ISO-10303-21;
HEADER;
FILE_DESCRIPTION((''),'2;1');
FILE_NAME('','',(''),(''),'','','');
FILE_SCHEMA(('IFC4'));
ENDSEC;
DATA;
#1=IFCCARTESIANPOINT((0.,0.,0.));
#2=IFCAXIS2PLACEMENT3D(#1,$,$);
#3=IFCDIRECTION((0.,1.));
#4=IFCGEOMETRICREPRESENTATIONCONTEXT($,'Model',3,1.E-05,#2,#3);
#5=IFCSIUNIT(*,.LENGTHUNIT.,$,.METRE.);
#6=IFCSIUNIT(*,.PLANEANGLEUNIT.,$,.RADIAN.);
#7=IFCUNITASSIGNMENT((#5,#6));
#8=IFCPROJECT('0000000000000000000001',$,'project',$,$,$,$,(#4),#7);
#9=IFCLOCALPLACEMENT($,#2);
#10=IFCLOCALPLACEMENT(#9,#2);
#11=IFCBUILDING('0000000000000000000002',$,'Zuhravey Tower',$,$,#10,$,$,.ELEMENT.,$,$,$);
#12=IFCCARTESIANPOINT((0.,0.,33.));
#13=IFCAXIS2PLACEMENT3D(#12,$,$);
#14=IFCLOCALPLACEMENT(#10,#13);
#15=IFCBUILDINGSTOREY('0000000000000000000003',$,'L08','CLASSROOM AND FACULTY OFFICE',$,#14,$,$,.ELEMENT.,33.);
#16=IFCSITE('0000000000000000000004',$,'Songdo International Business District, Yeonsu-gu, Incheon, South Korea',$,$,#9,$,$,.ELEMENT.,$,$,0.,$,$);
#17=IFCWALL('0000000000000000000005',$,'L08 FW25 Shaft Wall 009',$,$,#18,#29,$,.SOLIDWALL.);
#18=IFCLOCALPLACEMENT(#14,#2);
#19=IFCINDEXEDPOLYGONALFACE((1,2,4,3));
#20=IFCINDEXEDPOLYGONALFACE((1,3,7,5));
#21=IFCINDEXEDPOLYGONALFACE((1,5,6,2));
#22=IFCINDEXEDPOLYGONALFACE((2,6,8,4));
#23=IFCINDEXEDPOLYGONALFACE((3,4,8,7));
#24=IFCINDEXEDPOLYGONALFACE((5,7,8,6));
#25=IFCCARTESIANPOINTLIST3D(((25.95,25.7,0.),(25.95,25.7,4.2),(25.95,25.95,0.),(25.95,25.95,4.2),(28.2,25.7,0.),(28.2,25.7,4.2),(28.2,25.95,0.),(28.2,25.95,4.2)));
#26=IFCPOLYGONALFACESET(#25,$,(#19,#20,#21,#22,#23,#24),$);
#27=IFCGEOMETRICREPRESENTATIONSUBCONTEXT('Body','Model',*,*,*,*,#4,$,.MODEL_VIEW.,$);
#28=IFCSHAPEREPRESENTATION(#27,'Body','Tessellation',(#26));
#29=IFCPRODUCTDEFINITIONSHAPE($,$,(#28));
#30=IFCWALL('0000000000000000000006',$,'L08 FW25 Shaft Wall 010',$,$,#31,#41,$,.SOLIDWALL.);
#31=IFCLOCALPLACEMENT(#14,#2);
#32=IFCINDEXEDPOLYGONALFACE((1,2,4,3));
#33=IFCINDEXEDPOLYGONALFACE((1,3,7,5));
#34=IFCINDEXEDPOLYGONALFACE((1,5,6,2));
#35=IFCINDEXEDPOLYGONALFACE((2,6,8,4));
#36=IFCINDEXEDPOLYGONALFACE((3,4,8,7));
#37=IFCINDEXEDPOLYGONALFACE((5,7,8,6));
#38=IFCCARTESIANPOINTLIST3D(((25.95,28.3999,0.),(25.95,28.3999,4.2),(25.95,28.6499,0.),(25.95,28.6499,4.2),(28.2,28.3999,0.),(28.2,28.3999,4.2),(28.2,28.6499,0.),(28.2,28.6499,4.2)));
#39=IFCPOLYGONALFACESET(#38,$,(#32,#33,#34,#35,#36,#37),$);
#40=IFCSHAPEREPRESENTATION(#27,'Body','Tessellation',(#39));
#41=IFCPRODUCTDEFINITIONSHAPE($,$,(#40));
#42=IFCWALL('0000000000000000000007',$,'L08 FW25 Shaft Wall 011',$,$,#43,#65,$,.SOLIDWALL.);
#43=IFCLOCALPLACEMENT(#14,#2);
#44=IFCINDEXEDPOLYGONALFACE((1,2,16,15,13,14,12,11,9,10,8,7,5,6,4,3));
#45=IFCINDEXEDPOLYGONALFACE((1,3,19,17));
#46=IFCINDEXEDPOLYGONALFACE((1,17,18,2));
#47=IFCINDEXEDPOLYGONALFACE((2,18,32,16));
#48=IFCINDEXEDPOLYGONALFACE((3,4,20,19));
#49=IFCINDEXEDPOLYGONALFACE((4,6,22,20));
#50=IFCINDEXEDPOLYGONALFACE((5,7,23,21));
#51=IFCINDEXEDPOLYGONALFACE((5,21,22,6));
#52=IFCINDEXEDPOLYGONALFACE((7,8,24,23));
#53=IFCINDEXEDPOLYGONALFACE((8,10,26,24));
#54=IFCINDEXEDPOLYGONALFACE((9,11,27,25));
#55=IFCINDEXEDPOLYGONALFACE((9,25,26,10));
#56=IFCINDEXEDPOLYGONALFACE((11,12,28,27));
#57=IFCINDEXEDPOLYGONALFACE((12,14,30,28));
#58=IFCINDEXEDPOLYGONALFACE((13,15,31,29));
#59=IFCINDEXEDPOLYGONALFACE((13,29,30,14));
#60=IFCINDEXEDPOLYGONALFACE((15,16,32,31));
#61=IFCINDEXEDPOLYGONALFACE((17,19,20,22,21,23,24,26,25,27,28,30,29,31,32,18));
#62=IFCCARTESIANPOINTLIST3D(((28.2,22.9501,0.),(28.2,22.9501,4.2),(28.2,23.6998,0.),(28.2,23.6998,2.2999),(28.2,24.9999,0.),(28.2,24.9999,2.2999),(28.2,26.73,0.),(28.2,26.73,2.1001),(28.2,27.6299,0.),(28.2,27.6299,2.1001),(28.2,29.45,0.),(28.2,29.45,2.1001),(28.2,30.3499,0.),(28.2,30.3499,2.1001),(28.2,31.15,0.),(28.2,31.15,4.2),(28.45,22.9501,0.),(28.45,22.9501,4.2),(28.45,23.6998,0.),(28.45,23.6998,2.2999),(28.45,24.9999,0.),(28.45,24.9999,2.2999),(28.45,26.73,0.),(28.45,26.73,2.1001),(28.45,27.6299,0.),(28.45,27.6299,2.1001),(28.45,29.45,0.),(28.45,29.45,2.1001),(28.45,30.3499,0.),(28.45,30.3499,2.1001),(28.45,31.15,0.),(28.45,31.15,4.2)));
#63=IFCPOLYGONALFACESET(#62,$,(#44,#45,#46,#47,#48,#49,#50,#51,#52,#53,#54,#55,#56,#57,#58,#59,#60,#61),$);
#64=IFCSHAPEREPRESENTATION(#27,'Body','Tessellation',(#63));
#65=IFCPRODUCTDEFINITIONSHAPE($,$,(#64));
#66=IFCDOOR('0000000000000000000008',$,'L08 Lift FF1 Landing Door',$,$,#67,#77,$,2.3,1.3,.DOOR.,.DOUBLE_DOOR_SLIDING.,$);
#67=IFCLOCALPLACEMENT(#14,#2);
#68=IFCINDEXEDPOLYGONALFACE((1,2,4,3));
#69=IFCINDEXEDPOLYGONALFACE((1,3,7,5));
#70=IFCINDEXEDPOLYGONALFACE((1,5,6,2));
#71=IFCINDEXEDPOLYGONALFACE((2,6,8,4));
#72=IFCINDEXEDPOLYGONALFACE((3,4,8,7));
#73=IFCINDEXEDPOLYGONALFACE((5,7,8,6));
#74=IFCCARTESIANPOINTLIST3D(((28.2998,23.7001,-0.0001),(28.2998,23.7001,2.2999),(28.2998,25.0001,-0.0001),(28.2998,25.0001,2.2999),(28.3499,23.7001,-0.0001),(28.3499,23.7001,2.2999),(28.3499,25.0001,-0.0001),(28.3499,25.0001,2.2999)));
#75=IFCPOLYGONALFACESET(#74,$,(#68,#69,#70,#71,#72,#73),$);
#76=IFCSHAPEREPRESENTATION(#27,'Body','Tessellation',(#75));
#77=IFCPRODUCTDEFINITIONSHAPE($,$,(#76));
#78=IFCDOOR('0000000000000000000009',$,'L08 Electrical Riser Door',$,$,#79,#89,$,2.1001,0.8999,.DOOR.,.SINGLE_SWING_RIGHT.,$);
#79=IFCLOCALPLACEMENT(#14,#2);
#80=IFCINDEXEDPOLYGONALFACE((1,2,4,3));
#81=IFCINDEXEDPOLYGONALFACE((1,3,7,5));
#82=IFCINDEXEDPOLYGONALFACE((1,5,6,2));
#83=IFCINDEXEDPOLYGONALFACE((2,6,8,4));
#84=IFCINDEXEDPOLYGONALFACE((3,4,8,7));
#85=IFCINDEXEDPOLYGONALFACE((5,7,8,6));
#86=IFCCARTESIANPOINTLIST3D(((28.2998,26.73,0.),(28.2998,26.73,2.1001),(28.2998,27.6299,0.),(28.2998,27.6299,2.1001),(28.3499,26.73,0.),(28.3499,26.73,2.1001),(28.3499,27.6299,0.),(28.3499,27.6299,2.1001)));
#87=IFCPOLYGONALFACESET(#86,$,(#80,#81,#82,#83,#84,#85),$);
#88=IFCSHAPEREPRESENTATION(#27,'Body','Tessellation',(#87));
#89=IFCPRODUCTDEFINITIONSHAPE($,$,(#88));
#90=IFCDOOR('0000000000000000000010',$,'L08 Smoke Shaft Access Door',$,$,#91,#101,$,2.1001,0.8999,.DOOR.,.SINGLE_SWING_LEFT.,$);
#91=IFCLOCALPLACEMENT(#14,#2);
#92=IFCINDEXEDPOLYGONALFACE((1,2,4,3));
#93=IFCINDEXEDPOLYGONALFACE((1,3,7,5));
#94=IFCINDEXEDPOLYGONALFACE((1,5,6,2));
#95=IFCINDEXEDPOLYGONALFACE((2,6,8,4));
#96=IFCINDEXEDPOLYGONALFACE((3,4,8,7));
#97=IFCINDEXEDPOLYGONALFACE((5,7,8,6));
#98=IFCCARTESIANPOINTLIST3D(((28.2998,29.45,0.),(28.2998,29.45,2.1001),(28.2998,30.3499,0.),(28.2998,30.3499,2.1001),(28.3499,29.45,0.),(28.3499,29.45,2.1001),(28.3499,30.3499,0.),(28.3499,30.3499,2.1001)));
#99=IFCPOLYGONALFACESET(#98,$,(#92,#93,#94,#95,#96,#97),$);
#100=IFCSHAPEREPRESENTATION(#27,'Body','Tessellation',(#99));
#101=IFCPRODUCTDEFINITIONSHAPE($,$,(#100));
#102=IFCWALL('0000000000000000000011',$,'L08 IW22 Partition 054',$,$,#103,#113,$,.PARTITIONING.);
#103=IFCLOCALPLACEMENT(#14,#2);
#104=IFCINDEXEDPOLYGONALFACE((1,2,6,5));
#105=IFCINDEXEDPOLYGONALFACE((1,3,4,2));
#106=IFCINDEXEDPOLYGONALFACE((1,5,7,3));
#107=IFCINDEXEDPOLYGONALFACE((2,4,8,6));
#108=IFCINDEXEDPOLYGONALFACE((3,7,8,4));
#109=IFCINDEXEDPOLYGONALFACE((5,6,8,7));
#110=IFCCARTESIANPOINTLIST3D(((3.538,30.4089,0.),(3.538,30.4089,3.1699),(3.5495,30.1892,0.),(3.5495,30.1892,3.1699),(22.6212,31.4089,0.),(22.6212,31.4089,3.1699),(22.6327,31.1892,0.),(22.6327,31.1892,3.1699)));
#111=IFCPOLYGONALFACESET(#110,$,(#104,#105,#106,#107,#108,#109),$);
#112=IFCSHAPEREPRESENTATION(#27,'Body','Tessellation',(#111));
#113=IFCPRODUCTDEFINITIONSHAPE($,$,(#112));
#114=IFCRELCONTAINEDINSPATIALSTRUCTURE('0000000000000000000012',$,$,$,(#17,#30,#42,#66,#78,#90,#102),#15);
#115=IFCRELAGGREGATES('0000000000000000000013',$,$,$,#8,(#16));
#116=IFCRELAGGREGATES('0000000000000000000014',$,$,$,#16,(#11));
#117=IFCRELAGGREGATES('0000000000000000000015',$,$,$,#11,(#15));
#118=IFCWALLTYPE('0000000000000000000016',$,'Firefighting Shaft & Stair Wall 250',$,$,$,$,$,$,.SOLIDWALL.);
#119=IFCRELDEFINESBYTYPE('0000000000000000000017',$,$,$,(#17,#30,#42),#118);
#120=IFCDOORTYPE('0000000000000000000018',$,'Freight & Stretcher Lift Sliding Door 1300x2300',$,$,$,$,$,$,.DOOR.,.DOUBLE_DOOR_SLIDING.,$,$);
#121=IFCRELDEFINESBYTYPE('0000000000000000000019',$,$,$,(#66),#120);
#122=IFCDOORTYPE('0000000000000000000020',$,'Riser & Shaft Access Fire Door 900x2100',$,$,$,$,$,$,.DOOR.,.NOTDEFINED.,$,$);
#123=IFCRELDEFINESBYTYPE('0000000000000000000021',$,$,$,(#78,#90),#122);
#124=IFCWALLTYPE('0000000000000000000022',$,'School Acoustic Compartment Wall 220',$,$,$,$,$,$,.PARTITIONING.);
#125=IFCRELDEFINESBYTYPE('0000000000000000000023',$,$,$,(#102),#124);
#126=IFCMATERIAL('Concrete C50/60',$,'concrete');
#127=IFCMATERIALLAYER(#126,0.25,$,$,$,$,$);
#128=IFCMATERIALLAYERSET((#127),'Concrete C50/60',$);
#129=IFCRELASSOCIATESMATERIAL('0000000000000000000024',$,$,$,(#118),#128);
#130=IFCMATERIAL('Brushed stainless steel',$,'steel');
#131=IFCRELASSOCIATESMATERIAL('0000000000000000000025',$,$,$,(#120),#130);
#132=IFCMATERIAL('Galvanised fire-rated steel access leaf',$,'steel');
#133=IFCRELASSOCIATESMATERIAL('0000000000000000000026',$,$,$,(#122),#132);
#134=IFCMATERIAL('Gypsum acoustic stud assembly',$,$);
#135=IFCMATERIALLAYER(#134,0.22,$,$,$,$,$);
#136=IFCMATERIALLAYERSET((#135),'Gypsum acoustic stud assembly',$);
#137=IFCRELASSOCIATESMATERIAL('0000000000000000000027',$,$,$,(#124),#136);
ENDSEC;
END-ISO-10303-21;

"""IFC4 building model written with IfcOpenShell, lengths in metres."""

from ifc_helpers import new_model, si_unit, direction, frame, frame_2d, origin, place, context, subcontext, project, spatial, rectangle, extrude, material, layer, layer_set, type_object, element, fill, save


model = new_model("IFC4")

# Units and contexts
model_context = context("Model", 3, precision=1e-05, world=origin(), true_north=direction((0.0, 1.0)))
body_context = subcontext(model_context, "Body", "Model", "MODEL_VIEW")
ifc_project = project(units=[si_unit("LENGTHUNIT", "METRE"), si_unit("PLANEANGLEUNIT", "RADIAN")], contexts=[model_context])

# Site, building, storey
site_placement = place(None, origin())
site = spatial("IfcSite", under=ifc_project, at=site_placement, Name="Songdo International Business District, Yeonsu-gu, Incheon, South Korea", CompositionType="ELEMENT", RefElevation=0.0)
building_placement = place(site_placement, origin())
building = spatial("IfcBuilding", under=site, at=building_placement, Name="Zuhravey Tower", CompositionType="ELEMENT")
storey_placement = place(building_placement, frame((0.0, 0.0, 33.0)))
storey = spatial("IfcBuildingStorey", under=building, at=storey_placement, Name="L08", Description="CLASSROOM AND FACULTY OFFICE", CompositionType="ELEMENT", Elevation=33.0)

# Shared definitions
ifc_material_1 = material(Name="Concrete C50/60", Category="concrete")
ifc_layer_1 = layer(ifc_material_1, 0.25)
ifc_layer_set_1 = layer_set([ifc_layer_1], Name="Concrete C50/60")
wall_type_1 = type_object("IfcWallType", Name="Firefighting Shaft & Stair Wall 250", PredefinedType="SOLIDWALL", material=ifc_layer_set_1)

# Walls
for number, where, z_axis, x_axis, name in (
    (1, (25.95, 25.825, 0.0), (0.0, 0.0, 1.0), (1.0, 0.0, 0.0), "L08 FW25 Shaft Wall 009"),
    (2, (25.95, 28.5249, 0.0), (0.0, 0.0, 1.0), (1.0, 0.0, 0.0), "L08 FW25 Shaft Wall 010"),
):
    element("IfcWall", number, at=place(storey_placement, frame(where, z_axis=z_axis, x_axis=x_axis)), inside=storey, type_object=wall_type_1, Name=name, PredefinedType="SOLIDWALL", context=body_context, shape_type="SweptSolid", body=[
        extrude(rectangle(XDim=2.25, YDim=0.25, at=frame_2d((1.125, 0.0))), origin(), (0.0, 0.0, 1.0), 4.2),
    ])

# Wall, openings, doors
wall_1_placement = place(storey_placement, frame((28.325, 22.95, 0.0), z_axis=(0.0, 0.0, 1.0), x_axis=(0.0, 1.0, 0.0)))
wall_1 = element("IfcWall", 3, at=wall_1_placement, inside=storey, type_object=wall_type_1, Name="L08 FW25 Shaft Wall 011", PredefinedType="SOLIDWALL", context=body_context, shape_type="SweptSolid", body=[
    extrude(rectangle(XDim=8.2, YDim=0.25, at=frame_2d((4.1001, 0.0))), origin(), (0.0, 0.0, 1.0), 4.2),
])
opening_1_placement = place(wall_1_placement, frame((0.75, 0.0, 0.0)))
opening_1 = element("IfcOpeningElement", 4, at=opening_1_placement, cuts=wall_1, PredefinedType="OPENING", context=body_context, shape_type="SweptSolid", body=[
    extrude(rectangle(XDim=1.3, YDim=2.3, at=frame_2d((0.6499, 1.1499))), frame((0.0, 0.137, 0.0), z_axis=(0.0, -1.0, 0.0), x_axis=(1.0, 0.0, 0.0)), (0.0, 0.0, 1.0), 0.2739),
])
opening_2_placement = place(wall_1_placement, frame((3.78, 0.0, 0.0)))
opening_2 = element("IfcOpeningElement", 5, at=opening_2_placement, cuts=wall_1, PredefinedType="OPENING", context=body_context, shape_type="SweptSolid", body=[
    extrude(rectangle(XDim=0.8999, YDim=2.1001, at=frame_2d((0.45, 1.05))), frame((0.0, 0.137, 0.0), z_axis=(0.0, -1.0, 0.0), x_axis=(1.0, 0.0, 0.0)), (0.0, 0.0, 1.0), 0.2739),
])
opening_3_placement = place(wall_1_placement, frame((6.5, 0.0, 0.0)))
opening_3 = element("IfcOpeningElement", 6, at=opening_3_placement, cuts=wall_1, PredefinedType="OPENING", context=body_context, shape_type="SweptSolid", body=[
    extrude(rectangle(XDim=0.8999, YDim=2.1001, at=frame_2d((0.45, 1.05))), frame((0.0, 0.137, 0.0), z_axis=(0.0, -1.0, 0.0), x_axis=(1.0, 0.0, 0.0)), (0.0, 0.0, 1.0), 0.2739),
])
ifc_material_2 = material(Name="Brushed stainless steel", Category="steel")
door_type_1 = type_object("IfcDoorType", Name="Freight & Stretcher Lift Sliding Door 1300x2300", OperationType="DOUBLE_DOOR_SLIDING", PredefinedType="DOOR", material=ifc_material_2)
door_1_placement = place(opening_1_placement, frame((1.3, 0.0, 0.0), z_axis=(0.0, 0.0, 1.0), x_axis=(-1.0, 0.0, 0.0)))
door_1 = element("IfcDoor", 7, at=door_1_placement, inside=storey, type_object=door_type_1, Name="L08 Lift FF1 Landing Door", OperationType="DOUBLE_DOOR_SLIDING", OverallHeight=2.3, OverallWidth=1.3, PredefinedType="DOOR", context=body_context, shape_type="SweptSolid", body=[
    extrude(rectangle(XDim=1.3, YDim=2.3, at=frame_2d((0.6499, 1.1499))), frame((0.0, 0.0249, 0.0), z_axis=(0.0, -1.0, 0.0), x_axis=(1.0, 0.0, 0.0)), (0.0, 0.0, 1.0), 0.05),
])
fill(opening_1, door_1)
ifc_material_3 = material(Name="Galvanised fire-rated steel access leaf", Category="steel")
door_type_2 = type_object("IfcDoorType", Name="Riser & Shaft Access Fire Door 900x2100", OperationType="NOTDEFINED", PredefinedType="DOOR", material=ifc_material_3)
door_2_placement = place(opening_2_placement, frame((0.8999, 0.0, 0.0), z_axis=(0.0, 0.0, 1.0), x_axis=(-1.0, 0.0, 0.0)))
door_2 = element("IfcDoor", 8, at=door_2_placement, inside=storey, type_object=door_type_2, Name="L08 Electrical Riser Door", OperationType="SINGLE_SWING_RIGHT", OverallHeight=2.1001, OverallWidth=0.8999, PredefinedType="DOOR", context=body_context, shape_type="SweptSolid", body=[
    extrude(rectangle(XDim=0.8999, YDim=2.1001, at=frame_2d((0.45, 1.05))), frame((0.0, 0.0249, 0.0), z_axis=(0.0, -1.0, 0.0), x_axis=(1.0, 0.0, 0.0)), (0.0, 0.0, 1.0), 0.05),
])
fill(opening_2, door_2)
door_3_placement = place(opening_3_placement, frame((0.8999, 0.0, 0.0), z_axis=(0.0, 0.0, 1.0), x_axis=(-1.0, 0.0, 0.0)))
door_3 = element("IfcDoor", 9, at=door_3_placement, inside=storey, type_object=door_type_2, Name="L08 Smoke Shaft Access Door", OperationType="SINGLE_SWING_LEFT", OverallHeight=2.1001, OverallWidth=0.8999, PredefinedType="DOOR", context=body_context, shape_type="SweptSolid", body=[
    extrude(rectangle(XDim=0.8999, YDim=2.1001, at=frame_2d((0.45, 1.05))), frame((0.0, 0.0249, 0.0), z_axis=(0.0, -1.0, 0.0), x_axis=(1.0, 0.0, 0.0)), (0.0, 0.0, 1.0), 0.05),
])
fill(opening_3, door_3)

# Wall
ifc_material_4 = material(Name="Gypsum acoustic stud assembly")
ifc_layer_2 = layer(ifc_material_4, 0.22)
ifc_layer_set_2 = layer_set([ifc_layer_2], Name="Gypsum acoustic stud assembly")
wall_type_2 = type_object("IfcWallType", Name="School Acoustic Compartment Wall 220", PredefinedType="PARTITIONING", material=ifc_layer_set_2)
wall_2_placement = place(storey_placement, frame((22.627, 31.2991, 0.0), z_axis=(0.0, 0.0, 1.0), x_axis=(-0.99863, -0.05233, 0.0)))
element("IfcWall", 10, at=wall_2_placement, inside=storey, type_object=wall_type_2, Name="L08 IW22 Partition 054", PredefinedType="PARTITIONING", context=body_context, shape_type="SweptSolid", body=[
    extrude(rectangle(XDim=19.1094, YDim=0.22, at=frame_2d((9.5547, 0.0))), origin(), (0.0, 0.0, 1.0), 3.1699),
])

save(model, "model.ifc")
